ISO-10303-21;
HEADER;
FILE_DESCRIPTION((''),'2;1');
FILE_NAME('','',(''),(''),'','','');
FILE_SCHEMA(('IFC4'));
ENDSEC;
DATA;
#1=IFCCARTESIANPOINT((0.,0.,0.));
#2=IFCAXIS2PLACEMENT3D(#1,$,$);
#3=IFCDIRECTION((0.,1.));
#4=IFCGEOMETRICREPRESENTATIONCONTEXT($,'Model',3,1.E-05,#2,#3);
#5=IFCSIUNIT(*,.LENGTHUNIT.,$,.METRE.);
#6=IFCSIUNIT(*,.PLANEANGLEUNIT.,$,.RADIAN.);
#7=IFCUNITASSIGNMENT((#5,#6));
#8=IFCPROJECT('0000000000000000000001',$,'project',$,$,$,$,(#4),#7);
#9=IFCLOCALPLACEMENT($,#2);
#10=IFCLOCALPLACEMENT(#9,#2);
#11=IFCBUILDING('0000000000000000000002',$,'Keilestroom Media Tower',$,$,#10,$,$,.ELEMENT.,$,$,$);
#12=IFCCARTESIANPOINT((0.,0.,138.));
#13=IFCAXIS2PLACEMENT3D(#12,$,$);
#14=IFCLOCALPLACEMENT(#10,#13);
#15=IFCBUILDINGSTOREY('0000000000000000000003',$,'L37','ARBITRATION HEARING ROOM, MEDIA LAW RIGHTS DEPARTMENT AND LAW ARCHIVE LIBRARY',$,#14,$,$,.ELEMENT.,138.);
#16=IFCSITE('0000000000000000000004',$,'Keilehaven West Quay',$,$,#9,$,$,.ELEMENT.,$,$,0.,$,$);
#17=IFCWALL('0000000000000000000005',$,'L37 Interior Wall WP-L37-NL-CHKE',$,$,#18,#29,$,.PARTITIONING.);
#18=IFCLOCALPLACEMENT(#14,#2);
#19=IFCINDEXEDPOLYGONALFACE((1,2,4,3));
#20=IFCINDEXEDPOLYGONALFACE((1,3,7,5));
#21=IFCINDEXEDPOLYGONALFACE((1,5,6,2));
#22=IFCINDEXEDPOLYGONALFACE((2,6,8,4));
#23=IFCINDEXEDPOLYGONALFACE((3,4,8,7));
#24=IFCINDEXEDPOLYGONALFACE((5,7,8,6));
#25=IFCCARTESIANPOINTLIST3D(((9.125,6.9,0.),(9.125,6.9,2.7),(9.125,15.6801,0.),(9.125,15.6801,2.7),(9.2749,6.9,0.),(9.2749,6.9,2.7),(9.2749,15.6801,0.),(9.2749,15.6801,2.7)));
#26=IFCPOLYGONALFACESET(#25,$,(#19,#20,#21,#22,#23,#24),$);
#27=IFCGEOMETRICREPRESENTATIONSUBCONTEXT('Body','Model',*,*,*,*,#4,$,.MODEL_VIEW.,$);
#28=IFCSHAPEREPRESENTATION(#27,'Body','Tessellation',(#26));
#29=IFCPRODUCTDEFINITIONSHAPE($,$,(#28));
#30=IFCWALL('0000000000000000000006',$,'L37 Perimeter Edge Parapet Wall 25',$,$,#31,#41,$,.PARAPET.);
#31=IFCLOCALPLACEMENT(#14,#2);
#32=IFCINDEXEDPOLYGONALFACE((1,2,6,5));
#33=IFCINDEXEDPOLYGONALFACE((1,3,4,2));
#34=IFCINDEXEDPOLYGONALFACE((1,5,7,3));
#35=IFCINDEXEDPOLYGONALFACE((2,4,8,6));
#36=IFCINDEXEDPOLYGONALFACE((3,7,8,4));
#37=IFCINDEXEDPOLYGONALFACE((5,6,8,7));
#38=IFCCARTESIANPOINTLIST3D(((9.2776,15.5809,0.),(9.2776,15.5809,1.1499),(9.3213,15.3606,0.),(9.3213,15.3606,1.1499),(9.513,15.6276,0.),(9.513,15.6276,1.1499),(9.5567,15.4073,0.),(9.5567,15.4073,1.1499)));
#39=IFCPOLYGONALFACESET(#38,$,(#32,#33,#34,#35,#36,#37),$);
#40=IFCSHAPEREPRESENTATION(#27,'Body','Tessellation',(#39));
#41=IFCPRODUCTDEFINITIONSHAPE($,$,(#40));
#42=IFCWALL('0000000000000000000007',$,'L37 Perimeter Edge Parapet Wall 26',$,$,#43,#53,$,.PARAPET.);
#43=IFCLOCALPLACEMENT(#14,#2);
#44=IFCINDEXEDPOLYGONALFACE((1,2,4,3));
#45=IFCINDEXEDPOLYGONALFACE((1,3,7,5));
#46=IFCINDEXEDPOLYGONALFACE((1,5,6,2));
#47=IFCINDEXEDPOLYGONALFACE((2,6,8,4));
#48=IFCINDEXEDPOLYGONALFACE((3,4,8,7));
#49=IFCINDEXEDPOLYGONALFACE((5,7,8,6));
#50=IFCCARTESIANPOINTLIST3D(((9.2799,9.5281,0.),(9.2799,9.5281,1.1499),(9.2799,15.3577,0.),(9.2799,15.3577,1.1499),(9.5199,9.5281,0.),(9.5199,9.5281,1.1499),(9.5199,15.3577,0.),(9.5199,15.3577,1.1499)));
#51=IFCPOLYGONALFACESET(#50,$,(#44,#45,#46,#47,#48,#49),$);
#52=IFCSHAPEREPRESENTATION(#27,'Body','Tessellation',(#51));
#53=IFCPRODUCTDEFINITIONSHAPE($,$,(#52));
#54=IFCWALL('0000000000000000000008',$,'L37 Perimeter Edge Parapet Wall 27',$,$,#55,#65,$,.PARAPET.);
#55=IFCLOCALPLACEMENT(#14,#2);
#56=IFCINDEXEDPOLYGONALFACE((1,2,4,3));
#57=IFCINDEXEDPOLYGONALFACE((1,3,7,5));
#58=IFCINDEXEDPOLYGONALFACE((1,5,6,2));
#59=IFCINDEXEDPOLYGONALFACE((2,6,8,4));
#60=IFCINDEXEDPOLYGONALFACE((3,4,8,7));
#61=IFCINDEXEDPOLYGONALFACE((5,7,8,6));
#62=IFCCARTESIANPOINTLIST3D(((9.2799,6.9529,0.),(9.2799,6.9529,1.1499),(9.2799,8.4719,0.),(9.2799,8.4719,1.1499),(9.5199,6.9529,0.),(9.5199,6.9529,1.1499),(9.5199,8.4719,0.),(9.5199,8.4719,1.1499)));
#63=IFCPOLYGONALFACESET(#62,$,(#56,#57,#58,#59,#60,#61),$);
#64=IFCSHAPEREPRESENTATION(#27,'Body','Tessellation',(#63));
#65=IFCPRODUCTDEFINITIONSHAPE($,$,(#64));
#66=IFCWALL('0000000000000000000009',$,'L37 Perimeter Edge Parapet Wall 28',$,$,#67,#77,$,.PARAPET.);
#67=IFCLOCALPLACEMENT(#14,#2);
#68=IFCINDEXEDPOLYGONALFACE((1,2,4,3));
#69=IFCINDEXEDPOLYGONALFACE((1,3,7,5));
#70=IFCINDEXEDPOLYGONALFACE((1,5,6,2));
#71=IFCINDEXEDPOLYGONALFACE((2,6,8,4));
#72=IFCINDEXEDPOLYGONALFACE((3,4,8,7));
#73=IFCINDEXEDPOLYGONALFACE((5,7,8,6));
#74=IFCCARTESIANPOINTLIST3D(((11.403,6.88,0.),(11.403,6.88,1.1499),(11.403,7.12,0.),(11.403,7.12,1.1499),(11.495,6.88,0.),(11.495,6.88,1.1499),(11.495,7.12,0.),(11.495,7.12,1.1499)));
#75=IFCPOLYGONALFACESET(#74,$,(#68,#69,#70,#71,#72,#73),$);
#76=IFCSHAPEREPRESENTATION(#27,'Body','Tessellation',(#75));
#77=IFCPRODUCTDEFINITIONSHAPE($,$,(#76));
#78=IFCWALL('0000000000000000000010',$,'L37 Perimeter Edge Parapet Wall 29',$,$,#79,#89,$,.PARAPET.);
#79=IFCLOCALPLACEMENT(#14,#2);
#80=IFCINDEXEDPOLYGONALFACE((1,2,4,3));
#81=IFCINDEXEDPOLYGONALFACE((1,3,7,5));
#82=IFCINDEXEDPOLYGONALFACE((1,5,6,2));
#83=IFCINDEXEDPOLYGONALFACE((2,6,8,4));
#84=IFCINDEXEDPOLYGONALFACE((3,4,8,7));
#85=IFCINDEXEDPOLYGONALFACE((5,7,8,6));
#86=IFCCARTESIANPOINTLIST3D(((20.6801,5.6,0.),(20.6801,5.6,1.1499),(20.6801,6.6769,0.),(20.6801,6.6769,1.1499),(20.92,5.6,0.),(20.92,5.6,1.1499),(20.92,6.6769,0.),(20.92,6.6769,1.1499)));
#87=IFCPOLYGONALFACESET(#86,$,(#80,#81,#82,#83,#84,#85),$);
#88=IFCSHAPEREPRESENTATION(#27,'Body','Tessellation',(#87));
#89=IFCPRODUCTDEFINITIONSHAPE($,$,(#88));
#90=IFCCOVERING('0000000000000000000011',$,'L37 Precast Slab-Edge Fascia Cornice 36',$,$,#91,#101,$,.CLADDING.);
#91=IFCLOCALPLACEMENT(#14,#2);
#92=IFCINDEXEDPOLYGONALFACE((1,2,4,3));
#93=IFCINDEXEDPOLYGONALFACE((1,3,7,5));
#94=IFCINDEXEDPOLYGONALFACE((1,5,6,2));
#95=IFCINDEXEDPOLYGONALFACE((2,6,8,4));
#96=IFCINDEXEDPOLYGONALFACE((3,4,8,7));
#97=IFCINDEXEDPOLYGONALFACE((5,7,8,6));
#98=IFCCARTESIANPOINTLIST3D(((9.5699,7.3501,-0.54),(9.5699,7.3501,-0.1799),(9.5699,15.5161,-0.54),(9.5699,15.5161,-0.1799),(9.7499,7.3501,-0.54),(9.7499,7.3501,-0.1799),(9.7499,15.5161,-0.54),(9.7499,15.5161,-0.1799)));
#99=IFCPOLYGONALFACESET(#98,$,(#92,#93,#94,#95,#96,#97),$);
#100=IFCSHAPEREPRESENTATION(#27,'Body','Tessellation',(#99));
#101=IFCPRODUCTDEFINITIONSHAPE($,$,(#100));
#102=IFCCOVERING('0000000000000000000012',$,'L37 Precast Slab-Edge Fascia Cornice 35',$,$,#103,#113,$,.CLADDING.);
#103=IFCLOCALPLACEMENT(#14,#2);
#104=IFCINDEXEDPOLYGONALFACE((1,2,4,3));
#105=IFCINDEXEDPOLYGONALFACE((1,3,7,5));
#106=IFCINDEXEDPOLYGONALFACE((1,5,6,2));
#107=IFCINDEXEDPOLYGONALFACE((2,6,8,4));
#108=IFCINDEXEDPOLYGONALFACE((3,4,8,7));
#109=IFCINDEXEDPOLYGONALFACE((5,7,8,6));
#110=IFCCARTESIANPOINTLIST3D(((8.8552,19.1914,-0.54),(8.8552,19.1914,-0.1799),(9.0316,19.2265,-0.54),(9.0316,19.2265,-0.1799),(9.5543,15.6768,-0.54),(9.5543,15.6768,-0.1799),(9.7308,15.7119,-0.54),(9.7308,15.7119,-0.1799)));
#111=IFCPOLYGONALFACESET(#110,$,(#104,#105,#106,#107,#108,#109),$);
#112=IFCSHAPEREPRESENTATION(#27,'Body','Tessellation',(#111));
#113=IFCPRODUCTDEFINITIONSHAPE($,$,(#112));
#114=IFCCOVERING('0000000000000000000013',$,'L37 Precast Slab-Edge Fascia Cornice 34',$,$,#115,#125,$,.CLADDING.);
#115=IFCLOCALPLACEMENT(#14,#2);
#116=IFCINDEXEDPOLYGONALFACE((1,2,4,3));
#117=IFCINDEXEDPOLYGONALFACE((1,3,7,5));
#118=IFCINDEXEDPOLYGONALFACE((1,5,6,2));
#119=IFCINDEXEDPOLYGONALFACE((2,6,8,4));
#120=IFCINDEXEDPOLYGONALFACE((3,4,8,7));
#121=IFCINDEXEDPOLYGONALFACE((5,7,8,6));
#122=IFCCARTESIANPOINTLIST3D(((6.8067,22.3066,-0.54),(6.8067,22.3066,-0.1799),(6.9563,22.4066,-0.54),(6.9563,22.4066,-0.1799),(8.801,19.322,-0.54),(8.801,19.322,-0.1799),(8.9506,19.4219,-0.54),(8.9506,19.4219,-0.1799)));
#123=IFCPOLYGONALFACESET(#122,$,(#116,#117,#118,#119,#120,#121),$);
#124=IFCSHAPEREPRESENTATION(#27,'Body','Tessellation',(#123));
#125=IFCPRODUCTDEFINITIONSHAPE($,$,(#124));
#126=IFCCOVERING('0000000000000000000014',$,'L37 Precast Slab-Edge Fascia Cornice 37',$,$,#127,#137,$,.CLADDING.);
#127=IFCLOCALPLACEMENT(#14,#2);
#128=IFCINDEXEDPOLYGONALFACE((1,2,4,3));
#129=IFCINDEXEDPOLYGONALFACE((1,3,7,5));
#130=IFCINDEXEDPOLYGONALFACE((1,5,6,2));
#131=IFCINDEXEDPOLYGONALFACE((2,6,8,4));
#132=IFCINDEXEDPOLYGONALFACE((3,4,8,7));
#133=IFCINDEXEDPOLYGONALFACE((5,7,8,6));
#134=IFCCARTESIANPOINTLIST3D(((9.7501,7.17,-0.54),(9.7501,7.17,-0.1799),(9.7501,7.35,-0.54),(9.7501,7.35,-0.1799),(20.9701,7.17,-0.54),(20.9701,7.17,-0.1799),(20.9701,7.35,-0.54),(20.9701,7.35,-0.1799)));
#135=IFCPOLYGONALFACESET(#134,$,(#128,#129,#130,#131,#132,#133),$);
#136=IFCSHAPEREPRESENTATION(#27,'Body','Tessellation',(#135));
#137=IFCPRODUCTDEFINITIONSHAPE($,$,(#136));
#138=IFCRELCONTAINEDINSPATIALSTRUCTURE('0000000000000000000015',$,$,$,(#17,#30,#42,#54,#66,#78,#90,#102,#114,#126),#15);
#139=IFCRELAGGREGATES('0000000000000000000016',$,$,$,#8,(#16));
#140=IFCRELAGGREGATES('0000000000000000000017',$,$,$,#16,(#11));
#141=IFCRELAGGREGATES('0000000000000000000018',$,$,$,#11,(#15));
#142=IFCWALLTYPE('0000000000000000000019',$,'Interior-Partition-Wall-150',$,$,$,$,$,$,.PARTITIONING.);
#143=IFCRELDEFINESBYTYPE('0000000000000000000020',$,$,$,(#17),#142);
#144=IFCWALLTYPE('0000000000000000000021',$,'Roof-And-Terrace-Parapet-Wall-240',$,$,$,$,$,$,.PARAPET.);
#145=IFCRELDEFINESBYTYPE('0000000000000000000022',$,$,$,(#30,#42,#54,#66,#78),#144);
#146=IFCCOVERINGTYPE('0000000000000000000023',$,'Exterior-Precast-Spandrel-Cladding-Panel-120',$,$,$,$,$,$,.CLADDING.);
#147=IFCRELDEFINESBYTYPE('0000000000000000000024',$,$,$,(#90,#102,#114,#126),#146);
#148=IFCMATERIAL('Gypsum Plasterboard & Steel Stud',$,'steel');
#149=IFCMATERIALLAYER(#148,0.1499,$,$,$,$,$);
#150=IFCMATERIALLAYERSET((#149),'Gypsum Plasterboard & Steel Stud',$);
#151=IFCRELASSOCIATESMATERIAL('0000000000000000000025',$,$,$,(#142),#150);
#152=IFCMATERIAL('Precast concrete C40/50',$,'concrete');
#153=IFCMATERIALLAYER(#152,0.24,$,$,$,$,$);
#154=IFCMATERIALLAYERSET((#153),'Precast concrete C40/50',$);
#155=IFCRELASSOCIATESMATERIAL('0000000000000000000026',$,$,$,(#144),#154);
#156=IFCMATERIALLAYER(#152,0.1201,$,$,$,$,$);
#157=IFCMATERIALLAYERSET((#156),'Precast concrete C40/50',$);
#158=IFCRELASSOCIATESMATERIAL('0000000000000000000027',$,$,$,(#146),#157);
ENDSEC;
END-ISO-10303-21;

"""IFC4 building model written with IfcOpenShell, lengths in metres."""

from ifc_helpers import new_model, si_unit, direction, frame, frame_2d, origin, origin_2d, place, context, subcontext, project, spatial, rectangle, extrude, source, transform, mapped, material, layer, layer_set, type_object, element, save


model = new_model("IFC4")

# Units and contexts
model_context = context("Model", 3, precision=1e-05, world=origin(), true_north=direction((0.0, 1.0)))
body_context = subcontext(model_context, "Body", "Model", "MODEL_VIEW")
ifc_project = project(units=[si_unit("LENGTHUNIT", "METRE"), si_unit("PLANEANGLEUNIT", "RADIAN")], contexts=[model_context])

# Site, building, storey
site_placement = place(None, origin())
site = spatial("IfcSite", under=ifc_project, at=site_placement, Name="Keilehaven West Quay", CompositionType="ELEMENT", RefElevation=0.0)
building_placement = place(site_placement, origin())
building = spatial("IfcBuilding", under=site, at=building_placement, Name="Keilestroom Media Tower", CompositionType="ELEMENT")
storey_placement = place(building_placement, frame((0.0, 0.0, 138.0)))
storey = spatial("IfcBuildingStorey", under=building, at=storey_placement, Name="L37", Description="ARBITRATION HEARING ROOM, MEDIA LAW RIGHTS DEPARTMENT AND LAW ARCHIVE LIBRARY", CompositionType="ELEMENT", Elevation=138.0)

# Shared definitions
ifc_material_1 = material(Name="Precast concrete C40/50", Category="concrete")

# Walls
ifc_material_2 = material(Name="Gypsum Plasterboard & Steel Stud", Category="steel")
ifc_layer_1 = layer(ifc_material_2, 0.1499)
ifc_layer_set_1 = layer_set([ifc_layer_1], Name="Gypsum Plasterboard & Steel Stud")
wall_type_1 = type_object("IfcWallType", Name="Interior-Partition-Wall-150", PredefinedType="PARTITIONING", material=ifc_layer_set_1)
wall_1_placement = place(storey_placement, frame((9.2, 6.8999, 0.0), z_axis=(0.0, 0.0, 1.0), x_axis=(0.0, 1.0, 0.0)))
element("IfcWall", 1, at=wall_1_placement, inside=storey, type_object=wall_type_1, Name="L37 Interior Wall WP-L37-NL-CHKE", PredefinedType="PARTITIONING", context=body_context, shape_type="SweptSolid", body=[
    extrude(rectangle(XDim=8.78, YDim=0.1499, at=frame_2d((4.3901, 0.0))), origin(), (0.0, 0.0, 1.0), 2.7),
])
ifc_layer_2 = layer(ifc_material_1, 0.24)
ifc_layer_set_2 = layer_set([ifc_layer_2], Name="Precast concrete C40/50")
wall_type_2 = type_object("IfcWallType", Name="Roof-And-Terrace-Parapet-Wall-240", PredefinedType="PARAPET", material=ifc_layer_set_2)
wall_2_placement = place(storey_placement, frame((9.3953, 15.6042, 0.0), z_axis=(0.0, 0.0, 1.0), x_axis=(0.194652, -0.980872, 0.0)))
element("IfcWall", 2, at=wall_2_placement, inside=storey, type_object=wall_type_2, Name="L37 Perimeter Edge Parapet Wall 25", PredefinedType="PARAPET", context=body_context, shape_type="SweptSolid", body=[
    extrude(rectangle(XDim=0.2246, YDim=0.24, at=frame_2d((0.1123, 0.0))), origin(), (0.0, 0.0, 1.0), 1.1499),
])
wall_3_placement = place(storey_placement, frame((9.3999, 15.3577, 0.0), z_axis=(0.0, 0.0, 1.0), x_axis=(0.0, -1.0, 0.0)))
element("IfcWall", 3, at=wall_3_placement, inside=storey, type_object=wall_type_2, Name="L37 Perimeter Edge Parapet Wall 26", PredefinedType="PARAPET", context=body_context, shape_type="SweptSolid", body=[
    extrude(rectangle(XDim=5.8296, YDim=0.24, at=frame_2d((2.9148, 0.0))), origin(), (0.0, 0.0, 1.0), 1.1499),
])
wall_4_placement = place(storey_placement, frame((9.3999, 8.4719, 0.0), z_axis=(0.0, 0.0, 1.0), x_axis=(0.0, -1.0, 0.0)))
element("IfcWall", 4, at=wall_4_placement, inside=storey, type_object=wall_type_2, Name="L37 Perimeter Edge Parapet Wall 27", PredefinedType="PARAPET", context=body_context, shape_type="SweptSolid", body=[
    extrude(rectangle(XDim=1.519, YDim=0.24, at=frame_2d((0.7595, 0.0))), origin(), (0.0, 0.0, 1.0), 1.1499),
])
wall_5_placement = place(storey_placement, frame((11.4031, 7.0, 0.0), z_axis=(0.0, 0.0, 1.0), x_axis=(1.0, 0.0, 0.0)))
element("IfcWall", 5, at=wall_5_placement, inside=storey, type_object=wall_type_2, Name="L37 Perimeter Edge Parapet Wall 28", PredefinedType="PARAPET", context=body_context, shape_type="SweptSolid", body=[
    extrude(rectangle(XDim=0.092, YDim=0.24, at=frame_2d((0.0459, 0.0))), origin(), (0.0, 0.0, 1.0), 1.1499),
])
wall_6_placement = place(storey_placement, frame((20.8, 6.677, 0.0), z_axis=(0.0, 0.0, 1.0), x_axis=(0.0, -1.0, 0.0)))
element("IfcWall", 6, at=wall_6_placement, inside=storey, type_object=wall_type_2, Name="L37 Perimeter Edge Parapet Wall 29", PredefinedType="PARAPET", context=body_context, shape_type="SweptSolid", body=[
    extrude(rectangle(XDim=1.0769, YDim=0.24, at=frame_2d((0.5386, 0.0))), origin(), (0.0, 0.0, 1.0), 1.1499),
])

# Coverings
ifc_layer_3 = layer(ifc_material_1, 0.1201)
ifc_layer_set_3 = layer_set([ifc_layer_3], Name="Precast concrete C40/50")
covering_type = type_object("IfcCoveringType", Name="Exterior-Precast-Spandrel-Cladding-Panel-120", PredefinedType="CLADDING", material=ifc_layer_set_3)
shared_shape_1 = source(origin(), body_context, "Body", "SweptSolid", [
    extrude(rectangle(XDim=8.166, YDim=0.1799, at=origin_2d()), origin(), (0.0, 0.0, 1.0), 0.3601),
])
covering_1_placement = place(storey_placement, frame((9.6599, 11.4331, -0.54), z_axis=(0.0, 0.0, 1.0), x_axis=(0.0, -1.0, 0.0)))
element("IfcCovering", 7, at=covering_1_placement, inside=storey, type_object=covering_type, Name="L37 Precast Slab-Edge Fascia Cornice 36", PredefinedType="CLADDING", context=body_context, shape_type="MappedRepresentation", body=[
    mapped(shared_shape_1, transform((0.0, 0.0, 0.0), x_axis=(1.0, 0.0, 0.0), y_axis=(0.0, 1.0, 0.0), z_axis=(0.0, 0.0, 1.0), scale=1.0)),
])
shared_shape_2 = source(origin(), body_context, "Body", "SweptSolid", [
    extrude(rectangle(XDim=3.5835, YDim=0.1799, at=origin_2d()), origin(), (0.0, 0.0, 1.0), 0.3601),
])
covering_2_placement = place(storey_placement, frame((9.293, 17.4517, -0.54), z_axis=(0.0, 0.0, 1.0), x_axis=(0.195099, -0.980784, 0.0)))
element("IfcCovering", 8, at=covering_2_placement, inside=storey, type_object=covering_type, Name="L37 Precast Slab-Edge Fascia Cornice 35", PredefinedType="CLADDING", context=body_context, shape_type="MappedRepresentation", body=[
    mapped(shared_shape_2, transform((0.0, 0.0, 0.0), x_axis=(1.0, 0.0, 0.0), y_axis=(0.0, 1.0, 0.0), z_axis=(0.0, 0.0, 1.0), scale=1.0)),
])
shared_shape_3 = source(origin(), body_context, "Body", "SweptSolid", [
    extrude(rectangle(XDim=3.5896, YDim=0.1799, at=origin_2d()), origin(), (0.0, 0.0, 1.0), 0.3601),
])
covering_3_placement = place(storey_placement, frame((7.8787, 20.8643, -0.54), z_axis=(0.0, 0.0, 1.0), x_axis=(0.555575, -0.831467, 0.0)))
element("IfcCovering", 9, at=covering_3_placement, inside=storey, type_object=covering_type, Name="L37 Precast Slab-Edge Fascia Cornice 34", PredefinedType="CLADDING", context=body_context, shape_type="MappedRepresentation", body=[
    mapped(shared_shape_3, transform((0.0, 0.0, 0.0), x_axis=(1.0, 0.0, 0.0), y_axis=(0.0, 1.0, 0.0), z_axis=(0.0, 0.0, 1.0), scale=1.0)),
])
shared_shape_4 = source(origin(), body_context, "Body", "SweptSolid", [
    extrude(rectangle(XDim=11.22, YDim=0.1799, at=origin_2d()), origin(), (0.0, 0.0, 1.0), 0.3601),
])
covering_4_placement = place(storey_placement, frame((15.3601, 7.26, -0.54), z_axis=(0.0, 0.0, 1.0), x_axis=(1.0, 0.0, 0.0)))
element("IfcCovering", 10, at=covering_4_placement, inside=storey, type_object=covering_type, Name="L37 Precast Slab-Edge Fascia Cornice 37", PredefinedType="CLADDING", context=body_context, shape_type="MappedRepresentation", body=[
    mapped(shared_shape_4, transform((0.0, 0.0, 0.0), x_axis=(1.0, 0.0, 0.0), y_axis=(0.0, 1.0, 0.0), z_axis=(0.0, 0.0, 1.0), scale=1.0)),
])

save(model, "model.ifc")
